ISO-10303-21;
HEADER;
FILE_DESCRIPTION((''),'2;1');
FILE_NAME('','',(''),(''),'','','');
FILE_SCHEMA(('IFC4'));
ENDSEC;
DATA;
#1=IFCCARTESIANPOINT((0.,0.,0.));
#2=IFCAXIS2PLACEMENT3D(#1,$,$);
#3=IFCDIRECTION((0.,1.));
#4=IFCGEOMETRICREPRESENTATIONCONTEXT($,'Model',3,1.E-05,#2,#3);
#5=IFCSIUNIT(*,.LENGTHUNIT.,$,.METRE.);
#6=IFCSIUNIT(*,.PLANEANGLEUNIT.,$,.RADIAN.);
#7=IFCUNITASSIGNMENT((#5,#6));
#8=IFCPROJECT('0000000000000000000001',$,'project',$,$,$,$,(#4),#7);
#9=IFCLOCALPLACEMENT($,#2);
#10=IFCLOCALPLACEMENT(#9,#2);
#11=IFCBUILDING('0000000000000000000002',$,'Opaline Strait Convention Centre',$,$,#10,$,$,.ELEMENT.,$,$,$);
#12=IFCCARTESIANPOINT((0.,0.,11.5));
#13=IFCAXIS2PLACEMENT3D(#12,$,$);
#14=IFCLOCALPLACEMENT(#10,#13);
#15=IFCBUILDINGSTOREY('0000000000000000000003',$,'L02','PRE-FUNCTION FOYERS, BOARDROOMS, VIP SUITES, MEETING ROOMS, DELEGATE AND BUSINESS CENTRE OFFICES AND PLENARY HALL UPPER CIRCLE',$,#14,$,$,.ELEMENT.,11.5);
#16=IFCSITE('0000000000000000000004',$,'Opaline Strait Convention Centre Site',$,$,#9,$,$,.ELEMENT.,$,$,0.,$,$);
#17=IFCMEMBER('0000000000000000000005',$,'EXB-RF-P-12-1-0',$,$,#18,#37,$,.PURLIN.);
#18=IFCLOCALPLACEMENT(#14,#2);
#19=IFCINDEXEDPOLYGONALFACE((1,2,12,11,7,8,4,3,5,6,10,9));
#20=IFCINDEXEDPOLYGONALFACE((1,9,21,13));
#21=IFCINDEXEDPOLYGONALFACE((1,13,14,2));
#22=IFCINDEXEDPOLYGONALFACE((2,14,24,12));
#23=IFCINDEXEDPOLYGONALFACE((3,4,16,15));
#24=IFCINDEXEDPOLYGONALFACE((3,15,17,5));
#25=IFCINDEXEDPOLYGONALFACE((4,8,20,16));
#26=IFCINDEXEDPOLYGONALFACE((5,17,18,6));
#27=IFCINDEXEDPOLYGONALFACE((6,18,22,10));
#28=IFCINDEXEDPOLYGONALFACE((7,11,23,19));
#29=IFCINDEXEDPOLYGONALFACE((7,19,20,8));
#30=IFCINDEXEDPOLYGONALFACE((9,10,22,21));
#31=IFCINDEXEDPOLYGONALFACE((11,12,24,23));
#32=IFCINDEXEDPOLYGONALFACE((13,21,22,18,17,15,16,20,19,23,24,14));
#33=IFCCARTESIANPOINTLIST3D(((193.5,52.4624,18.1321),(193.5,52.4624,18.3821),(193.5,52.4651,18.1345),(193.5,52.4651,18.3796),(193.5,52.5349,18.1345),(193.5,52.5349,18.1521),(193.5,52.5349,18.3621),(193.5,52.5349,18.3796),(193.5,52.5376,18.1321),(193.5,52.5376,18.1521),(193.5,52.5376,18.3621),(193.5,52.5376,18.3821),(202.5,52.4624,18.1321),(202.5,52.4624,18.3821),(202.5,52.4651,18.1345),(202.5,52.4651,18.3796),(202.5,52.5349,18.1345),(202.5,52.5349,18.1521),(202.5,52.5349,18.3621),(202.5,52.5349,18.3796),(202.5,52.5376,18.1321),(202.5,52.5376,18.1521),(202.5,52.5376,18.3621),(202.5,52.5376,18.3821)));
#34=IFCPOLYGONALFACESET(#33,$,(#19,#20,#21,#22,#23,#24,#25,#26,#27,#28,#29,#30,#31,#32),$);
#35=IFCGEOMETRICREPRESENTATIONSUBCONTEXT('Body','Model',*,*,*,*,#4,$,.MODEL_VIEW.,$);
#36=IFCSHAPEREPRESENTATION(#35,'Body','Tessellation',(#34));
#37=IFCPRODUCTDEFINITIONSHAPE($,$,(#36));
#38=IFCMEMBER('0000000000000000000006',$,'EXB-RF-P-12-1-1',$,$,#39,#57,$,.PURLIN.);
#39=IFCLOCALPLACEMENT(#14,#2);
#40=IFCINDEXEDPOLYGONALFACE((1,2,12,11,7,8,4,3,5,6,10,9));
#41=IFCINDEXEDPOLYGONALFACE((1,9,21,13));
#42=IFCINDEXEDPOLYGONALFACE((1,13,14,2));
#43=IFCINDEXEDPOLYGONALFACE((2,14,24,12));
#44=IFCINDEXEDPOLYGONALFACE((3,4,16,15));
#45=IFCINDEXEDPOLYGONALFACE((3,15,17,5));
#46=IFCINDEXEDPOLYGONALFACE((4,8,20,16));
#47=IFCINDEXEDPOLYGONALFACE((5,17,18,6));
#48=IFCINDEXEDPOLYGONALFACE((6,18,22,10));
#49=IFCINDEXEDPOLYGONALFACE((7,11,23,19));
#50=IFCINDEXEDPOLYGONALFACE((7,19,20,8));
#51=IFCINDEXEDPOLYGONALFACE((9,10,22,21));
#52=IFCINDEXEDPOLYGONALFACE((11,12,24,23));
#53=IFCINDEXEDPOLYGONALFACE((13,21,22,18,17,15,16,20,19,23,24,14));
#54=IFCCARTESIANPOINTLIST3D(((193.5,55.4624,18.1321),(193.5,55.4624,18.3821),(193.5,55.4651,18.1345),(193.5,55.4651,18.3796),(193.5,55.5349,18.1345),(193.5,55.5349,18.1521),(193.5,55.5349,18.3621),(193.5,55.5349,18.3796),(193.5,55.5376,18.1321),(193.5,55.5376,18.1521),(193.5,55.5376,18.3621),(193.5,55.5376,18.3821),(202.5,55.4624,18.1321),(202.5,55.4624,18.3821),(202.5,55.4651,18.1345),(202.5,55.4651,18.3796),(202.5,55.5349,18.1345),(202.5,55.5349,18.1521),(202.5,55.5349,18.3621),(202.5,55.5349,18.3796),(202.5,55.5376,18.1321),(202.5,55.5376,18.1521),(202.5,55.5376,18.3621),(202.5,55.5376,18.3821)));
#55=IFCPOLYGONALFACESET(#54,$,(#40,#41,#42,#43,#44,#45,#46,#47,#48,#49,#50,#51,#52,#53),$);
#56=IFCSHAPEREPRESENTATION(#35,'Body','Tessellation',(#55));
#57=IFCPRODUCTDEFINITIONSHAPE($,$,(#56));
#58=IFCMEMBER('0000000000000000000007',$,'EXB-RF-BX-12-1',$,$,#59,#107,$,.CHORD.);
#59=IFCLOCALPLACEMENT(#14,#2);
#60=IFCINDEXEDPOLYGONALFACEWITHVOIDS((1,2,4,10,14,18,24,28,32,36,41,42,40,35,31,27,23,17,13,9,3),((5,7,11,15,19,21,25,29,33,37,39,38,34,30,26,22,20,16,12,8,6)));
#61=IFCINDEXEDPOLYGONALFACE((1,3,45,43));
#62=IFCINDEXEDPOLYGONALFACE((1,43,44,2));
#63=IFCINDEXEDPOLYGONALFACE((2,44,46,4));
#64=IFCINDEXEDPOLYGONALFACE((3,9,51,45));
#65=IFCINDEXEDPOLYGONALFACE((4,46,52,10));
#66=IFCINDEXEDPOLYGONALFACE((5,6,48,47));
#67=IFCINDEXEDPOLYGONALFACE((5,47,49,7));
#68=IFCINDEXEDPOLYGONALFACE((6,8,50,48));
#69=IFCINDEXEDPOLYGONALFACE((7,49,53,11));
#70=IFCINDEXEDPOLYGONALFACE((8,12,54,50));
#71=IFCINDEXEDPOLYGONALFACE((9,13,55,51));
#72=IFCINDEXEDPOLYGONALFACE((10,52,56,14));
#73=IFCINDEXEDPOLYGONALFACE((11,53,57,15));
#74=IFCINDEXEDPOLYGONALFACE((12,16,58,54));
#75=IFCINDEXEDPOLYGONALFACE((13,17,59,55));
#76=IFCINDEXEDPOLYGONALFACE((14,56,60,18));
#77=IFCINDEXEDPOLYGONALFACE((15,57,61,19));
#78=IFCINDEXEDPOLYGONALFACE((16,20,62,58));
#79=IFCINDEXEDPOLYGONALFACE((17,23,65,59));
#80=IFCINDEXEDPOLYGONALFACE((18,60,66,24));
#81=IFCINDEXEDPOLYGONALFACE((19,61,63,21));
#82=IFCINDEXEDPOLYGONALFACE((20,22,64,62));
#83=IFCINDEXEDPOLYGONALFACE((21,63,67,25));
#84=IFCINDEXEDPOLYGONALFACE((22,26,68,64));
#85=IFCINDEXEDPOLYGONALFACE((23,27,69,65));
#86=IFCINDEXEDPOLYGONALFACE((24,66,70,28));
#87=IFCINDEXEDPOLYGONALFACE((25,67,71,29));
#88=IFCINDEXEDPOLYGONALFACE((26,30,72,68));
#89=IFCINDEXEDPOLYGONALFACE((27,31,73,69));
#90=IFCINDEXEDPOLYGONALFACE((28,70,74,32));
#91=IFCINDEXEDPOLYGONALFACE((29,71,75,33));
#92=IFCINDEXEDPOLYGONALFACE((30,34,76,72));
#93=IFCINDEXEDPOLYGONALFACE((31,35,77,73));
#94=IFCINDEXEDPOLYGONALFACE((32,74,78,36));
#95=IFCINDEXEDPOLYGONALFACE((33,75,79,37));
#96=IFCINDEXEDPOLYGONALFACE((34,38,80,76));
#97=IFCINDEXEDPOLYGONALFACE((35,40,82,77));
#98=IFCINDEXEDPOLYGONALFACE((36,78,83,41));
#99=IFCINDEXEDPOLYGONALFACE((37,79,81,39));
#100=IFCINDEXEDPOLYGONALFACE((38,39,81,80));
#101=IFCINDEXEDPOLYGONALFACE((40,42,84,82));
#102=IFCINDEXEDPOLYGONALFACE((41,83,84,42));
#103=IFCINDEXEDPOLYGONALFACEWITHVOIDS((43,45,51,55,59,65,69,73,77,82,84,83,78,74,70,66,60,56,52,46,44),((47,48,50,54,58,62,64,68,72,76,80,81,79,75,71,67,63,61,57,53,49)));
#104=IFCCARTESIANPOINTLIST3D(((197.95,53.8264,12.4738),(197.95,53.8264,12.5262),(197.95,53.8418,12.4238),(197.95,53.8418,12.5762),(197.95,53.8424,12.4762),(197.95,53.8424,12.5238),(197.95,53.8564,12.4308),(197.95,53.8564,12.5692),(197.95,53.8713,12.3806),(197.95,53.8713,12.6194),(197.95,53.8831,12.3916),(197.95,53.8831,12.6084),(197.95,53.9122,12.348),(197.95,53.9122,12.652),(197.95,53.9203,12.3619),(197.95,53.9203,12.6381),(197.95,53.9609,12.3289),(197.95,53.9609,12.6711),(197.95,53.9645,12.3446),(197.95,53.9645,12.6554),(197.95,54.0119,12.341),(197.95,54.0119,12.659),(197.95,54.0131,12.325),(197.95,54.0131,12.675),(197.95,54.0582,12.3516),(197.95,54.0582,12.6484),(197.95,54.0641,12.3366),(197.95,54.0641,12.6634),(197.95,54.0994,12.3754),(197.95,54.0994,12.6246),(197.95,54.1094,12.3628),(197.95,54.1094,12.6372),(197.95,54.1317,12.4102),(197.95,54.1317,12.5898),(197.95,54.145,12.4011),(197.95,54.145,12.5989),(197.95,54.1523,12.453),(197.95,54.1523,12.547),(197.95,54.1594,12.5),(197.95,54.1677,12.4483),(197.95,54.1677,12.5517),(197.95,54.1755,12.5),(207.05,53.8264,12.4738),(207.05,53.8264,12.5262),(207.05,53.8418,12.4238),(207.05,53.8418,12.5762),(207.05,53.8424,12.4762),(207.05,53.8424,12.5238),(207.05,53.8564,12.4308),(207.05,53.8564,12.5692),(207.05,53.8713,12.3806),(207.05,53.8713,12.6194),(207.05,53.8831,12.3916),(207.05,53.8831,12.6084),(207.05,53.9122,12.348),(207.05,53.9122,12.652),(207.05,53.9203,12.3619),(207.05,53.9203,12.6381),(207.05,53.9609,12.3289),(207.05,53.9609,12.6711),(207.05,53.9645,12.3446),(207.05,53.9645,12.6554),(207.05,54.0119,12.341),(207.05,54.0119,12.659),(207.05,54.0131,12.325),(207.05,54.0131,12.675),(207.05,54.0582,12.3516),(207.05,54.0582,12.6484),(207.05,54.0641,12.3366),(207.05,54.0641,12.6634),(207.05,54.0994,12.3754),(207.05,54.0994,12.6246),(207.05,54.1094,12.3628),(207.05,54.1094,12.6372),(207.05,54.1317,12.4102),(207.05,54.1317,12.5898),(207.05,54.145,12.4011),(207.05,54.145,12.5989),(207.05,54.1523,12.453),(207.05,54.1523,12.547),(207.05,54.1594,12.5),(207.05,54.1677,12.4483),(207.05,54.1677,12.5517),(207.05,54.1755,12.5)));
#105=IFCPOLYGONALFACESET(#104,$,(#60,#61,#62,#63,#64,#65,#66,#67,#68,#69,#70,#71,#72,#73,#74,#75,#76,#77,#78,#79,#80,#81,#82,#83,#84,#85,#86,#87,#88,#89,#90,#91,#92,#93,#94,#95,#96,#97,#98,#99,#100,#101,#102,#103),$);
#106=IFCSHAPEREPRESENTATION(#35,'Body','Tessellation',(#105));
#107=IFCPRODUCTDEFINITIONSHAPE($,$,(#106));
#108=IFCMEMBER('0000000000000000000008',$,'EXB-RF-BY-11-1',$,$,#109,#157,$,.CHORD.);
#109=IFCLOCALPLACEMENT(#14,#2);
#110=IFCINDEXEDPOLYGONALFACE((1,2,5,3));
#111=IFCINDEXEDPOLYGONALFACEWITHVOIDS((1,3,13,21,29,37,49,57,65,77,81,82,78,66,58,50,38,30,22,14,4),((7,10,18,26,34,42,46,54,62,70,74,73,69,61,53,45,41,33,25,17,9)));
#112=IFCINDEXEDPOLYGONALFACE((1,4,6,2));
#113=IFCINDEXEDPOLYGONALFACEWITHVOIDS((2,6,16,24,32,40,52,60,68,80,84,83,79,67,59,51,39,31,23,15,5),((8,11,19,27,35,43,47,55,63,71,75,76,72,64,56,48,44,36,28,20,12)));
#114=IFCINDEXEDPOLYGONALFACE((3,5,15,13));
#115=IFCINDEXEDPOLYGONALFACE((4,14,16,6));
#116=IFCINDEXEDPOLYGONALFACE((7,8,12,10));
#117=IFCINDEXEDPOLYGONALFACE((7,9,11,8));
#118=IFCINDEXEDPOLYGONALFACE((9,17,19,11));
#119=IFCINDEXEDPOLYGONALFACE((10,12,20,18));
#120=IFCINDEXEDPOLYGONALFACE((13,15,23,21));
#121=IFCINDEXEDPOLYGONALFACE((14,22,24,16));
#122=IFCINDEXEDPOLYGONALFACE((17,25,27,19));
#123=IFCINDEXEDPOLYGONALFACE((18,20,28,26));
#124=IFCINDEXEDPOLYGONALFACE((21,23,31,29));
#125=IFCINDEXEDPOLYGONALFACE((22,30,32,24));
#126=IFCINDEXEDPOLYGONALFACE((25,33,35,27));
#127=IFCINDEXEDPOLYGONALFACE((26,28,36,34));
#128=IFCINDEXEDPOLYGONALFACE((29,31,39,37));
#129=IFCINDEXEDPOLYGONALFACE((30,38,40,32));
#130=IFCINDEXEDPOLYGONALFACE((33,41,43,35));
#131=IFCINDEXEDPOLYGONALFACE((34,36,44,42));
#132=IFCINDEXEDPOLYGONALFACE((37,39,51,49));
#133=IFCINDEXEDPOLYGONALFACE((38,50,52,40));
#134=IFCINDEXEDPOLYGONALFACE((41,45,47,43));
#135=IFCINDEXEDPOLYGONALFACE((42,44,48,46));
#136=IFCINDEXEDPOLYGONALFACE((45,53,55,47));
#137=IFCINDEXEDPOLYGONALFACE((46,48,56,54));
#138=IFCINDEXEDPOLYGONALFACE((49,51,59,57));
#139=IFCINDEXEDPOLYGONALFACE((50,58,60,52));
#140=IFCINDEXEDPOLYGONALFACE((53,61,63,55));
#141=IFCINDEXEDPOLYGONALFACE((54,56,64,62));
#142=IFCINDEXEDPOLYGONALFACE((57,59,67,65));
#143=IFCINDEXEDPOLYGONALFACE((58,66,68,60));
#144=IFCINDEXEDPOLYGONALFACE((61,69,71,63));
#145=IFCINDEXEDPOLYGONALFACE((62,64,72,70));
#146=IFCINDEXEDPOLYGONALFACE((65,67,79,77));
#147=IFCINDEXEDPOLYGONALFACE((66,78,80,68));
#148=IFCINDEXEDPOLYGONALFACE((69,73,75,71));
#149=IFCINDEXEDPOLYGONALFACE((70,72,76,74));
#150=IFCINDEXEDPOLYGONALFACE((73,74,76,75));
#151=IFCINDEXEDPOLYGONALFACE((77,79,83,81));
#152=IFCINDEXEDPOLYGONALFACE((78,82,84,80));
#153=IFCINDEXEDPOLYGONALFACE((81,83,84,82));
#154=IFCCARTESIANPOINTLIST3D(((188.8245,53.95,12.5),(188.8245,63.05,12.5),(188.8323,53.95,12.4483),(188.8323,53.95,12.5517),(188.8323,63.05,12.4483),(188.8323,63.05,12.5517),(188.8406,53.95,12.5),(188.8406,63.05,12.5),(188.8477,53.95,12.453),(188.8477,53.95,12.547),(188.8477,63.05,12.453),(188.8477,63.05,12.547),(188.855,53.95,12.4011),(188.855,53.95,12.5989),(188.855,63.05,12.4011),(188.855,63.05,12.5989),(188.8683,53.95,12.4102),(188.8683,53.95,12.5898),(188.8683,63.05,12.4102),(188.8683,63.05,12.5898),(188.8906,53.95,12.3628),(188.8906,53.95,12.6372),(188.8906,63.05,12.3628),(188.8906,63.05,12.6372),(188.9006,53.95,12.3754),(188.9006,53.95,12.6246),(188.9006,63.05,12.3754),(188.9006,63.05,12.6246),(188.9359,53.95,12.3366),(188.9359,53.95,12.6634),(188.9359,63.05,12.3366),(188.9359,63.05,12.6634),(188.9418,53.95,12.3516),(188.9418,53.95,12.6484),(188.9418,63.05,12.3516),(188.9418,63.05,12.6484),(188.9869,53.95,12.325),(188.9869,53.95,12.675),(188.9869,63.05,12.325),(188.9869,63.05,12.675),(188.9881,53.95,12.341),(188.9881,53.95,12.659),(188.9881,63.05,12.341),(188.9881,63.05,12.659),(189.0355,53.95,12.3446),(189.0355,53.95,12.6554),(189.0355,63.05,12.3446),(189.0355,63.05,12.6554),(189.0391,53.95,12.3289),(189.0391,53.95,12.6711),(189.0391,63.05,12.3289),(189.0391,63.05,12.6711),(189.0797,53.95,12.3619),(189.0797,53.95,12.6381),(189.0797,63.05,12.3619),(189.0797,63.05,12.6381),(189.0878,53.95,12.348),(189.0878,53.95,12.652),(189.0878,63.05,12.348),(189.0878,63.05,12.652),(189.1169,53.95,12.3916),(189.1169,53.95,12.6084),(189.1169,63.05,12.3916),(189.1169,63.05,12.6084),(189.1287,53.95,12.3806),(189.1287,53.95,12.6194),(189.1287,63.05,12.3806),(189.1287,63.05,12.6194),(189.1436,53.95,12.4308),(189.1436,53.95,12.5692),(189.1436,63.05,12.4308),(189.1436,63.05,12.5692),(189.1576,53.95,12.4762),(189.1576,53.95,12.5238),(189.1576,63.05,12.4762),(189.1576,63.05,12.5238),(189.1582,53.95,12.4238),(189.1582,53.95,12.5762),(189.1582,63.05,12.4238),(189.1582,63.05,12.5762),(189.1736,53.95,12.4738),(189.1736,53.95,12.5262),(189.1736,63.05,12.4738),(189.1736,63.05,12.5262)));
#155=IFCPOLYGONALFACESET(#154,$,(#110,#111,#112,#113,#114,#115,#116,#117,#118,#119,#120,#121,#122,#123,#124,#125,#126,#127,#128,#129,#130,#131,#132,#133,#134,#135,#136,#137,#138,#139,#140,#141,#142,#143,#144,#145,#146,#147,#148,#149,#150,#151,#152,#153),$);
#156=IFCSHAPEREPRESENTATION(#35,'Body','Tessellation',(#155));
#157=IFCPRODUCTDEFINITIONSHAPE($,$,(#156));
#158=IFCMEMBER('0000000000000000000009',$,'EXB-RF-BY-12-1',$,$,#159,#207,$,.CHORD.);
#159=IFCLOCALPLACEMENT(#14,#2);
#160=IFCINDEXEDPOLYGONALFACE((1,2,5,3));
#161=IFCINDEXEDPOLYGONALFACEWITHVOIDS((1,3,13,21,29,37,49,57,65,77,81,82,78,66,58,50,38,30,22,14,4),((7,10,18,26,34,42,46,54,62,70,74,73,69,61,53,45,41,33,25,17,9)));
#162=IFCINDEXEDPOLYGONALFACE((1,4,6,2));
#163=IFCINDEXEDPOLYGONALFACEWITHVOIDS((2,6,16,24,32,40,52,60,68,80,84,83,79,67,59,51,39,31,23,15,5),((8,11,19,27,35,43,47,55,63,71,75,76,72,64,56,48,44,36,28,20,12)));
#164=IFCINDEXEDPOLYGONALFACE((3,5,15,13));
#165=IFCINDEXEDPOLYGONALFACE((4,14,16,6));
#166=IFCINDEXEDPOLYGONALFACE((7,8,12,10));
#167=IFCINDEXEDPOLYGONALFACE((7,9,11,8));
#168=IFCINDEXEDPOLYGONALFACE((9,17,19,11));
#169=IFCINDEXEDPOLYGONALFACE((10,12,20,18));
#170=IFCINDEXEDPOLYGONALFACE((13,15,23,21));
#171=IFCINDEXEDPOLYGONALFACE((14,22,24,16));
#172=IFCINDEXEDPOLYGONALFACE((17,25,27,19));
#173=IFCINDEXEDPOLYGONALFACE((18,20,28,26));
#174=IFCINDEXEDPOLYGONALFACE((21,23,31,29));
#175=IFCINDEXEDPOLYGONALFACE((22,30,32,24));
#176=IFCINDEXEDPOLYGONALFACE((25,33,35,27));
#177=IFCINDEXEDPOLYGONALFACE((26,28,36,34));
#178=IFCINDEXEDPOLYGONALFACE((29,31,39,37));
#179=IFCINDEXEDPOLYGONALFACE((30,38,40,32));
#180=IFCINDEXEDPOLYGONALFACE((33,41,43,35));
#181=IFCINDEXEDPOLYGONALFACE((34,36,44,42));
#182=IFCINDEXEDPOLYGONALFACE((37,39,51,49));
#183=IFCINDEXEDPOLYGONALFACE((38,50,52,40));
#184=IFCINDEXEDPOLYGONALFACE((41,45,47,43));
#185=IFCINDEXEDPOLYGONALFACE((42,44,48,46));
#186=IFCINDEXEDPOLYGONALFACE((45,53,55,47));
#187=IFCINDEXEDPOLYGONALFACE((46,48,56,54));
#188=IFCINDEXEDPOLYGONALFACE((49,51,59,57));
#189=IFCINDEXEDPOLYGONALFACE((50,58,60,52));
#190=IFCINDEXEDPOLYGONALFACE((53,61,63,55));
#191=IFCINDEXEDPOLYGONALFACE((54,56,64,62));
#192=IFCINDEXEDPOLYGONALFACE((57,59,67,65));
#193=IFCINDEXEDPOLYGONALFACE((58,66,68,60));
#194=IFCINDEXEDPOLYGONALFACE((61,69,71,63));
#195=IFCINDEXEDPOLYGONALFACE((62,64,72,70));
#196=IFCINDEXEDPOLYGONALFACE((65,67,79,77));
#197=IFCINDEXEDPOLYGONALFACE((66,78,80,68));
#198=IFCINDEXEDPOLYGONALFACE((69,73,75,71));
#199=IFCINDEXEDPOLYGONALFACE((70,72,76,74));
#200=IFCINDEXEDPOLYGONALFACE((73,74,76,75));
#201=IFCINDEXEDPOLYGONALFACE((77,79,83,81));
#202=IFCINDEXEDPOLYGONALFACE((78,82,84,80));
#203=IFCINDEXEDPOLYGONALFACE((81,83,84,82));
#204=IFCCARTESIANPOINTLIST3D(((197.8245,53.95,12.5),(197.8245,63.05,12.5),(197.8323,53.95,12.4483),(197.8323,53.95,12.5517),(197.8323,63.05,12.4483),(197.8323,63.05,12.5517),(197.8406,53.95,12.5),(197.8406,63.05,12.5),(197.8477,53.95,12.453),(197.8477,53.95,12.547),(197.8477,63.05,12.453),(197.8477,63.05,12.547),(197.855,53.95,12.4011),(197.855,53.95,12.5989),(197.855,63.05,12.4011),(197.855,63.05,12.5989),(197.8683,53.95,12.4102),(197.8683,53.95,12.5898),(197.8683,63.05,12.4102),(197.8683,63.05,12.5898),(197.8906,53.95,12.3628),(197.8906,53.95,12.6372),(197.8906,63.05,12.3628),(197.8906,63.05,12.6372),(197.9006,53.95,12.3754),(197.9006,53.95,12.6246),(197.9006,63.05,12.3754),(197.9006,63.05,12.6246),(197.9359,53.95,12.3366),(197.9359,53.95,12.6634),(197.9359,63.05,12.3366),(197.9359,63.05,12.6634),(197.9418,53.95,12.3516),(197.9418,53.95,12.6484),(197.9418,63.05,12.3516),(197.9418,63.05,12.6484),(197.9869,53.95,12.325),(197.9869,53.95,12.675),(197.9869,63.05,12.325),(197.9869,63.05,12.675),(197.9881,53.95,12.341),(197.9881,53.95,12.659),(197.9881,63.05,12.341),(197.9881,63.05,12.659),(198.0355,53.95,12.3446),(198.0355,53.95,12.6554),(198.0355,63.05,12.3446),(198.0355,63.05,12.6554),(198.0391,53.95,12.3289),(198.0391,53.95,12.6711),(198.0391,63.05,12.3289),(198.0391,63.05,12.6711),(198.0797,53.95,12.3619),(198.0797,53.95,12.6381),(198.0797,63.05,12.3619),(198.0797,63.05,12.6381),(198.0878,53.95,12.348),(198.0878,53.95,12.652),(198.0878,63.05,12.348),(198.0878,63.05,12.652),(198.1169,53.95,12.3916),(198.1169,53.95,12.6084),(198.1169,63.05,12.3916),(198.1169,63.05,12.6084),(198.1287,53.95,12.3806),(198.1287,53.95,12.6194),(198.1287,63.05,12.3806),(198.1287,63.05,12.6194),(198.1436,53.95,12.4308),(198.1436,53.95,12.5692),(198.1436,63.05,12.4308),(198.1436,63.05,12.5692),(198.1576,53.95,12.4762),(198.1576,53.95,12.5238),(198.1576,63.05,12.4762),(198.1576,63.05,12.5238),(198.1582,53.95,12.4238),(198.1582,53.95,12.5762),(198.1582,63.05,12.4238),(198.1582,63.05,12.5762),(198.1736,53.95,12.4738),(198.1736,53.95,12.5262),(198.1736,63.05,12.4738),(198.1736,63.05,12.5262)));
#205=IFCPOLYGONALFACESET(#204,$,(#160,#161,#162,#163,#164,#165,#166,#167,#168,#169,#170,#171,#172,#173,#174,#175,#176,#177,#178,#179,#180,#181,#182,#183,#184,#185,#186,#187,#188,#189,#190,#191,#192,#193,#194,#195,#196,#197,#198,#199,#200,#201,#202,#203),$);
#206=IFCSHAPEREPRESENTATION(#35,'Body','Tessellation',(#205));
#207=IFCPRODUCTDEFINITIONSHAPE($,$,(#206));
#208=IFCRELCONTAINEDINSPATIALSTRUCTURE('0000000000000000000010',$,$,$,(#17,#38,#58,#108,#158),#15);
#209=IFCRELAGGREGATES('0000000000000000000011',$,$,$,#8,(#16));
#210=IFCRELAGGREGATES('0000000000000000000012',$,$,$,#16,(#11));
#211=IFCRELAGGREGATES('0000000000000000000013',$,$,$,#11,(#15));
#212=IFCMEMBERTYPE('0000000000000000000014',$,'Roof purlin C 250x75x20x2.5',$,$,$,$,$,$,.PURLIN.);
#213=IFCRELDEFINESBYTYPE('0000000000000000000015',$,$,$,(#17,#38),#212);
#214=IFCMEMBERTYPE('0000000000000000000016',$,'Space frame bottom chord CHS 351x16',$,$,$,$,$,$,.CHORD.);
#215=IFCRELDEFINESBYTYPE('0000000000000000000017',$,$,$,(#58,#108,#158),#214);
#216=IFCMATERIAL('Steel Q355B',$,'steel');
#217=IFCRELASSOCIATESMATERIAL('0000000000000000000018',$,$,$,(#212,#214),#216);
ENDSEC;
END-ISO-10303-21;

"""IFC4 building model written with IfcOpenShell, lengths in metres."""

from ifc_helpers import new_model, si_unit, direction, frame, origin, origin_2d, place, context, subcontext, project, spatial, polyline, hollow_circle, outline, extrude, material, material_profile, profile_set, type_object, element, save


model = new_model("IFC4")

# Units and contexts
model_context = context("Model", 3, precision=1e-05, world=origin(), true_north=direction((0.0, 1.0)))
body_context = subcontext(model_context, "Body", "Model", "MODEL_VIEW")
ifc_project = project(units=[si_unit("LENGTHUNIT", "METRE"), si_unit("PLANEANGLEUNIT", "RADIAN")], contexts=[model_context])

# Site, building, storey
site_placement = place(None, origin())
site = spatial("IfcSite", under=ifc_project, at=site_placement, Name="Opaline Strait Convention Centre Site", CompositionType="ELEMENT", RefElevation=0.0)
building_placement = place(site_placement, origin())
building = spatial("IfcBuilding", under=site, at=building_placement, Name="Opaline Strait Convention Centre", CompositionType="ELEMENT")
storey_placement = place(building_placement, frame((0.0, 0.0, 11.5)))
storey = spatial("IfcBuildingStorey", under=building, at=storey_placement, Name="L02", Description="PRE-FUNCTION FOYERS, BOARDROOMS, VIP SUITES, MEETING ROOMS, DELEGATE AND BUSINESS CENTRE OFFICES AND PLENARY HALL UPPER CIRCLE", CompositionType="ELEMENT", Elevation=11.5)

# Members
ifc_material_1 = material(Name="Steel Q355B", Category="steel")
ifc_material_profile_1 = material_profile(ifc_material_1, outline(polyline([(-0.0376, -0.125), (0.0376, -0.125), (0.0376, -0.105), (0.0349, -0.105), (0.0349, -0.1226), (-0.0349, -0.1226), (-0.0349, 0.1226), (0.0349, 0.1226), (0.0349, 0.105), (0.0376, 0.105), (0.0376, 0.125), (-0.0376, 0.125), (-0.0376, -0.125)])), Name="C 250x75x20x2.5")
ifc_profile_set_1 = profile_set([ifc_material_profile_1], Name="Steel Q355B")
member_type_1 = type_object("IfcMemberType", Name="Roof purlin C 250x75x20x2.5", PredefinedType="PURLIN", material=ifc_profile_set_1)
for number, where, z_axis, x_axis, name in (
    (1, (193.5, 52.5, 18.2571), (1.0, 0.0, 0.0), (0.0, 1.0, 0.0), "EXB-RF-P-12-1-0"),
    (2, (193.5, 55.5, 18.2571), (1.0, 0.0, 0.0), (0.0, 1.0, 0.0), "EXB-RF-P-12-1-1"),
):
    element("IfcMember", number, at=place(storey_placement, frame(where, z_axis=z_axis, x_axis=x_axis)), inside=storey, type_object=member_type_1, Name=name, PredefinedType="PURLIN", context=body_context, shape_type="SweptSolid", body=[
        extrude(outline(polyline([(-0.0376, -0.125), (0.0376, -0.125), (0.0376, -0.105), (0.0349, -0.105), (0.0349, -0.1226), (-0.0349, -0.1226), (-0.0349, 0.1226), (0.0349, 0.1226), (0.0349, 0.105), (0.0376, 0.105), (0.0376, 0.125), (-0.0376, 0.125), (-0.0376, -0.125)])), origin(), (0.0, 0.0, 1.0), 9.0),
    ])
ifc_material_profile_2 = material_profile(ifc_material_1, hollow_circle(Radius=0.1755, WallThickness=0.0161, at=origin_2d()), Name="CHS 351x16")
ifc_profile_set_2 = profile_set([ifc_material_profile_2], Name="Steel Q355B")
member_type_2 = type_object("IfcMemberType", Name="Space frame bottom chord CHS 351x16", PredefinedType="CHORD", material=ifc_profile_set_2)
for number, where, z_axis, x_axis, name in (
    (3, (197.95, 54.0, 12.5), (1.0, 0.0, 0.0), (0.0, 1.0, 0.0), "EXB-RF-BX-12-1"),
    (4, (189.0, 53.95, 12.5), (0.0, 1.0, 0.0), (-1.0, 0.0, 0.0), "EXB-RF-BY-11-1"),
    (5, (198.0, 53.95, 12.5), (0.0, 1.0, 0.0), (-1.0, 0.0, 0.0), "EXB-RF-BY-12-1"),
):
    element("IfcMember", number, at=place(storey_placement, frame(where, z_axis=z_axis, x_axis=x_axis)), inside=storey, type_object=member_type_2, Name=name, PredefinedType="CHORD", context=body_context, shape_type="SweptSolid", body=[
        extrude(hollow_circle(Radius=0.1755, WallThickness=0.0161, at=origin_2d()), origin(), (0.0, 0.0, 1.0), 9.1001),
    ])

save(model, "model.ifc")
